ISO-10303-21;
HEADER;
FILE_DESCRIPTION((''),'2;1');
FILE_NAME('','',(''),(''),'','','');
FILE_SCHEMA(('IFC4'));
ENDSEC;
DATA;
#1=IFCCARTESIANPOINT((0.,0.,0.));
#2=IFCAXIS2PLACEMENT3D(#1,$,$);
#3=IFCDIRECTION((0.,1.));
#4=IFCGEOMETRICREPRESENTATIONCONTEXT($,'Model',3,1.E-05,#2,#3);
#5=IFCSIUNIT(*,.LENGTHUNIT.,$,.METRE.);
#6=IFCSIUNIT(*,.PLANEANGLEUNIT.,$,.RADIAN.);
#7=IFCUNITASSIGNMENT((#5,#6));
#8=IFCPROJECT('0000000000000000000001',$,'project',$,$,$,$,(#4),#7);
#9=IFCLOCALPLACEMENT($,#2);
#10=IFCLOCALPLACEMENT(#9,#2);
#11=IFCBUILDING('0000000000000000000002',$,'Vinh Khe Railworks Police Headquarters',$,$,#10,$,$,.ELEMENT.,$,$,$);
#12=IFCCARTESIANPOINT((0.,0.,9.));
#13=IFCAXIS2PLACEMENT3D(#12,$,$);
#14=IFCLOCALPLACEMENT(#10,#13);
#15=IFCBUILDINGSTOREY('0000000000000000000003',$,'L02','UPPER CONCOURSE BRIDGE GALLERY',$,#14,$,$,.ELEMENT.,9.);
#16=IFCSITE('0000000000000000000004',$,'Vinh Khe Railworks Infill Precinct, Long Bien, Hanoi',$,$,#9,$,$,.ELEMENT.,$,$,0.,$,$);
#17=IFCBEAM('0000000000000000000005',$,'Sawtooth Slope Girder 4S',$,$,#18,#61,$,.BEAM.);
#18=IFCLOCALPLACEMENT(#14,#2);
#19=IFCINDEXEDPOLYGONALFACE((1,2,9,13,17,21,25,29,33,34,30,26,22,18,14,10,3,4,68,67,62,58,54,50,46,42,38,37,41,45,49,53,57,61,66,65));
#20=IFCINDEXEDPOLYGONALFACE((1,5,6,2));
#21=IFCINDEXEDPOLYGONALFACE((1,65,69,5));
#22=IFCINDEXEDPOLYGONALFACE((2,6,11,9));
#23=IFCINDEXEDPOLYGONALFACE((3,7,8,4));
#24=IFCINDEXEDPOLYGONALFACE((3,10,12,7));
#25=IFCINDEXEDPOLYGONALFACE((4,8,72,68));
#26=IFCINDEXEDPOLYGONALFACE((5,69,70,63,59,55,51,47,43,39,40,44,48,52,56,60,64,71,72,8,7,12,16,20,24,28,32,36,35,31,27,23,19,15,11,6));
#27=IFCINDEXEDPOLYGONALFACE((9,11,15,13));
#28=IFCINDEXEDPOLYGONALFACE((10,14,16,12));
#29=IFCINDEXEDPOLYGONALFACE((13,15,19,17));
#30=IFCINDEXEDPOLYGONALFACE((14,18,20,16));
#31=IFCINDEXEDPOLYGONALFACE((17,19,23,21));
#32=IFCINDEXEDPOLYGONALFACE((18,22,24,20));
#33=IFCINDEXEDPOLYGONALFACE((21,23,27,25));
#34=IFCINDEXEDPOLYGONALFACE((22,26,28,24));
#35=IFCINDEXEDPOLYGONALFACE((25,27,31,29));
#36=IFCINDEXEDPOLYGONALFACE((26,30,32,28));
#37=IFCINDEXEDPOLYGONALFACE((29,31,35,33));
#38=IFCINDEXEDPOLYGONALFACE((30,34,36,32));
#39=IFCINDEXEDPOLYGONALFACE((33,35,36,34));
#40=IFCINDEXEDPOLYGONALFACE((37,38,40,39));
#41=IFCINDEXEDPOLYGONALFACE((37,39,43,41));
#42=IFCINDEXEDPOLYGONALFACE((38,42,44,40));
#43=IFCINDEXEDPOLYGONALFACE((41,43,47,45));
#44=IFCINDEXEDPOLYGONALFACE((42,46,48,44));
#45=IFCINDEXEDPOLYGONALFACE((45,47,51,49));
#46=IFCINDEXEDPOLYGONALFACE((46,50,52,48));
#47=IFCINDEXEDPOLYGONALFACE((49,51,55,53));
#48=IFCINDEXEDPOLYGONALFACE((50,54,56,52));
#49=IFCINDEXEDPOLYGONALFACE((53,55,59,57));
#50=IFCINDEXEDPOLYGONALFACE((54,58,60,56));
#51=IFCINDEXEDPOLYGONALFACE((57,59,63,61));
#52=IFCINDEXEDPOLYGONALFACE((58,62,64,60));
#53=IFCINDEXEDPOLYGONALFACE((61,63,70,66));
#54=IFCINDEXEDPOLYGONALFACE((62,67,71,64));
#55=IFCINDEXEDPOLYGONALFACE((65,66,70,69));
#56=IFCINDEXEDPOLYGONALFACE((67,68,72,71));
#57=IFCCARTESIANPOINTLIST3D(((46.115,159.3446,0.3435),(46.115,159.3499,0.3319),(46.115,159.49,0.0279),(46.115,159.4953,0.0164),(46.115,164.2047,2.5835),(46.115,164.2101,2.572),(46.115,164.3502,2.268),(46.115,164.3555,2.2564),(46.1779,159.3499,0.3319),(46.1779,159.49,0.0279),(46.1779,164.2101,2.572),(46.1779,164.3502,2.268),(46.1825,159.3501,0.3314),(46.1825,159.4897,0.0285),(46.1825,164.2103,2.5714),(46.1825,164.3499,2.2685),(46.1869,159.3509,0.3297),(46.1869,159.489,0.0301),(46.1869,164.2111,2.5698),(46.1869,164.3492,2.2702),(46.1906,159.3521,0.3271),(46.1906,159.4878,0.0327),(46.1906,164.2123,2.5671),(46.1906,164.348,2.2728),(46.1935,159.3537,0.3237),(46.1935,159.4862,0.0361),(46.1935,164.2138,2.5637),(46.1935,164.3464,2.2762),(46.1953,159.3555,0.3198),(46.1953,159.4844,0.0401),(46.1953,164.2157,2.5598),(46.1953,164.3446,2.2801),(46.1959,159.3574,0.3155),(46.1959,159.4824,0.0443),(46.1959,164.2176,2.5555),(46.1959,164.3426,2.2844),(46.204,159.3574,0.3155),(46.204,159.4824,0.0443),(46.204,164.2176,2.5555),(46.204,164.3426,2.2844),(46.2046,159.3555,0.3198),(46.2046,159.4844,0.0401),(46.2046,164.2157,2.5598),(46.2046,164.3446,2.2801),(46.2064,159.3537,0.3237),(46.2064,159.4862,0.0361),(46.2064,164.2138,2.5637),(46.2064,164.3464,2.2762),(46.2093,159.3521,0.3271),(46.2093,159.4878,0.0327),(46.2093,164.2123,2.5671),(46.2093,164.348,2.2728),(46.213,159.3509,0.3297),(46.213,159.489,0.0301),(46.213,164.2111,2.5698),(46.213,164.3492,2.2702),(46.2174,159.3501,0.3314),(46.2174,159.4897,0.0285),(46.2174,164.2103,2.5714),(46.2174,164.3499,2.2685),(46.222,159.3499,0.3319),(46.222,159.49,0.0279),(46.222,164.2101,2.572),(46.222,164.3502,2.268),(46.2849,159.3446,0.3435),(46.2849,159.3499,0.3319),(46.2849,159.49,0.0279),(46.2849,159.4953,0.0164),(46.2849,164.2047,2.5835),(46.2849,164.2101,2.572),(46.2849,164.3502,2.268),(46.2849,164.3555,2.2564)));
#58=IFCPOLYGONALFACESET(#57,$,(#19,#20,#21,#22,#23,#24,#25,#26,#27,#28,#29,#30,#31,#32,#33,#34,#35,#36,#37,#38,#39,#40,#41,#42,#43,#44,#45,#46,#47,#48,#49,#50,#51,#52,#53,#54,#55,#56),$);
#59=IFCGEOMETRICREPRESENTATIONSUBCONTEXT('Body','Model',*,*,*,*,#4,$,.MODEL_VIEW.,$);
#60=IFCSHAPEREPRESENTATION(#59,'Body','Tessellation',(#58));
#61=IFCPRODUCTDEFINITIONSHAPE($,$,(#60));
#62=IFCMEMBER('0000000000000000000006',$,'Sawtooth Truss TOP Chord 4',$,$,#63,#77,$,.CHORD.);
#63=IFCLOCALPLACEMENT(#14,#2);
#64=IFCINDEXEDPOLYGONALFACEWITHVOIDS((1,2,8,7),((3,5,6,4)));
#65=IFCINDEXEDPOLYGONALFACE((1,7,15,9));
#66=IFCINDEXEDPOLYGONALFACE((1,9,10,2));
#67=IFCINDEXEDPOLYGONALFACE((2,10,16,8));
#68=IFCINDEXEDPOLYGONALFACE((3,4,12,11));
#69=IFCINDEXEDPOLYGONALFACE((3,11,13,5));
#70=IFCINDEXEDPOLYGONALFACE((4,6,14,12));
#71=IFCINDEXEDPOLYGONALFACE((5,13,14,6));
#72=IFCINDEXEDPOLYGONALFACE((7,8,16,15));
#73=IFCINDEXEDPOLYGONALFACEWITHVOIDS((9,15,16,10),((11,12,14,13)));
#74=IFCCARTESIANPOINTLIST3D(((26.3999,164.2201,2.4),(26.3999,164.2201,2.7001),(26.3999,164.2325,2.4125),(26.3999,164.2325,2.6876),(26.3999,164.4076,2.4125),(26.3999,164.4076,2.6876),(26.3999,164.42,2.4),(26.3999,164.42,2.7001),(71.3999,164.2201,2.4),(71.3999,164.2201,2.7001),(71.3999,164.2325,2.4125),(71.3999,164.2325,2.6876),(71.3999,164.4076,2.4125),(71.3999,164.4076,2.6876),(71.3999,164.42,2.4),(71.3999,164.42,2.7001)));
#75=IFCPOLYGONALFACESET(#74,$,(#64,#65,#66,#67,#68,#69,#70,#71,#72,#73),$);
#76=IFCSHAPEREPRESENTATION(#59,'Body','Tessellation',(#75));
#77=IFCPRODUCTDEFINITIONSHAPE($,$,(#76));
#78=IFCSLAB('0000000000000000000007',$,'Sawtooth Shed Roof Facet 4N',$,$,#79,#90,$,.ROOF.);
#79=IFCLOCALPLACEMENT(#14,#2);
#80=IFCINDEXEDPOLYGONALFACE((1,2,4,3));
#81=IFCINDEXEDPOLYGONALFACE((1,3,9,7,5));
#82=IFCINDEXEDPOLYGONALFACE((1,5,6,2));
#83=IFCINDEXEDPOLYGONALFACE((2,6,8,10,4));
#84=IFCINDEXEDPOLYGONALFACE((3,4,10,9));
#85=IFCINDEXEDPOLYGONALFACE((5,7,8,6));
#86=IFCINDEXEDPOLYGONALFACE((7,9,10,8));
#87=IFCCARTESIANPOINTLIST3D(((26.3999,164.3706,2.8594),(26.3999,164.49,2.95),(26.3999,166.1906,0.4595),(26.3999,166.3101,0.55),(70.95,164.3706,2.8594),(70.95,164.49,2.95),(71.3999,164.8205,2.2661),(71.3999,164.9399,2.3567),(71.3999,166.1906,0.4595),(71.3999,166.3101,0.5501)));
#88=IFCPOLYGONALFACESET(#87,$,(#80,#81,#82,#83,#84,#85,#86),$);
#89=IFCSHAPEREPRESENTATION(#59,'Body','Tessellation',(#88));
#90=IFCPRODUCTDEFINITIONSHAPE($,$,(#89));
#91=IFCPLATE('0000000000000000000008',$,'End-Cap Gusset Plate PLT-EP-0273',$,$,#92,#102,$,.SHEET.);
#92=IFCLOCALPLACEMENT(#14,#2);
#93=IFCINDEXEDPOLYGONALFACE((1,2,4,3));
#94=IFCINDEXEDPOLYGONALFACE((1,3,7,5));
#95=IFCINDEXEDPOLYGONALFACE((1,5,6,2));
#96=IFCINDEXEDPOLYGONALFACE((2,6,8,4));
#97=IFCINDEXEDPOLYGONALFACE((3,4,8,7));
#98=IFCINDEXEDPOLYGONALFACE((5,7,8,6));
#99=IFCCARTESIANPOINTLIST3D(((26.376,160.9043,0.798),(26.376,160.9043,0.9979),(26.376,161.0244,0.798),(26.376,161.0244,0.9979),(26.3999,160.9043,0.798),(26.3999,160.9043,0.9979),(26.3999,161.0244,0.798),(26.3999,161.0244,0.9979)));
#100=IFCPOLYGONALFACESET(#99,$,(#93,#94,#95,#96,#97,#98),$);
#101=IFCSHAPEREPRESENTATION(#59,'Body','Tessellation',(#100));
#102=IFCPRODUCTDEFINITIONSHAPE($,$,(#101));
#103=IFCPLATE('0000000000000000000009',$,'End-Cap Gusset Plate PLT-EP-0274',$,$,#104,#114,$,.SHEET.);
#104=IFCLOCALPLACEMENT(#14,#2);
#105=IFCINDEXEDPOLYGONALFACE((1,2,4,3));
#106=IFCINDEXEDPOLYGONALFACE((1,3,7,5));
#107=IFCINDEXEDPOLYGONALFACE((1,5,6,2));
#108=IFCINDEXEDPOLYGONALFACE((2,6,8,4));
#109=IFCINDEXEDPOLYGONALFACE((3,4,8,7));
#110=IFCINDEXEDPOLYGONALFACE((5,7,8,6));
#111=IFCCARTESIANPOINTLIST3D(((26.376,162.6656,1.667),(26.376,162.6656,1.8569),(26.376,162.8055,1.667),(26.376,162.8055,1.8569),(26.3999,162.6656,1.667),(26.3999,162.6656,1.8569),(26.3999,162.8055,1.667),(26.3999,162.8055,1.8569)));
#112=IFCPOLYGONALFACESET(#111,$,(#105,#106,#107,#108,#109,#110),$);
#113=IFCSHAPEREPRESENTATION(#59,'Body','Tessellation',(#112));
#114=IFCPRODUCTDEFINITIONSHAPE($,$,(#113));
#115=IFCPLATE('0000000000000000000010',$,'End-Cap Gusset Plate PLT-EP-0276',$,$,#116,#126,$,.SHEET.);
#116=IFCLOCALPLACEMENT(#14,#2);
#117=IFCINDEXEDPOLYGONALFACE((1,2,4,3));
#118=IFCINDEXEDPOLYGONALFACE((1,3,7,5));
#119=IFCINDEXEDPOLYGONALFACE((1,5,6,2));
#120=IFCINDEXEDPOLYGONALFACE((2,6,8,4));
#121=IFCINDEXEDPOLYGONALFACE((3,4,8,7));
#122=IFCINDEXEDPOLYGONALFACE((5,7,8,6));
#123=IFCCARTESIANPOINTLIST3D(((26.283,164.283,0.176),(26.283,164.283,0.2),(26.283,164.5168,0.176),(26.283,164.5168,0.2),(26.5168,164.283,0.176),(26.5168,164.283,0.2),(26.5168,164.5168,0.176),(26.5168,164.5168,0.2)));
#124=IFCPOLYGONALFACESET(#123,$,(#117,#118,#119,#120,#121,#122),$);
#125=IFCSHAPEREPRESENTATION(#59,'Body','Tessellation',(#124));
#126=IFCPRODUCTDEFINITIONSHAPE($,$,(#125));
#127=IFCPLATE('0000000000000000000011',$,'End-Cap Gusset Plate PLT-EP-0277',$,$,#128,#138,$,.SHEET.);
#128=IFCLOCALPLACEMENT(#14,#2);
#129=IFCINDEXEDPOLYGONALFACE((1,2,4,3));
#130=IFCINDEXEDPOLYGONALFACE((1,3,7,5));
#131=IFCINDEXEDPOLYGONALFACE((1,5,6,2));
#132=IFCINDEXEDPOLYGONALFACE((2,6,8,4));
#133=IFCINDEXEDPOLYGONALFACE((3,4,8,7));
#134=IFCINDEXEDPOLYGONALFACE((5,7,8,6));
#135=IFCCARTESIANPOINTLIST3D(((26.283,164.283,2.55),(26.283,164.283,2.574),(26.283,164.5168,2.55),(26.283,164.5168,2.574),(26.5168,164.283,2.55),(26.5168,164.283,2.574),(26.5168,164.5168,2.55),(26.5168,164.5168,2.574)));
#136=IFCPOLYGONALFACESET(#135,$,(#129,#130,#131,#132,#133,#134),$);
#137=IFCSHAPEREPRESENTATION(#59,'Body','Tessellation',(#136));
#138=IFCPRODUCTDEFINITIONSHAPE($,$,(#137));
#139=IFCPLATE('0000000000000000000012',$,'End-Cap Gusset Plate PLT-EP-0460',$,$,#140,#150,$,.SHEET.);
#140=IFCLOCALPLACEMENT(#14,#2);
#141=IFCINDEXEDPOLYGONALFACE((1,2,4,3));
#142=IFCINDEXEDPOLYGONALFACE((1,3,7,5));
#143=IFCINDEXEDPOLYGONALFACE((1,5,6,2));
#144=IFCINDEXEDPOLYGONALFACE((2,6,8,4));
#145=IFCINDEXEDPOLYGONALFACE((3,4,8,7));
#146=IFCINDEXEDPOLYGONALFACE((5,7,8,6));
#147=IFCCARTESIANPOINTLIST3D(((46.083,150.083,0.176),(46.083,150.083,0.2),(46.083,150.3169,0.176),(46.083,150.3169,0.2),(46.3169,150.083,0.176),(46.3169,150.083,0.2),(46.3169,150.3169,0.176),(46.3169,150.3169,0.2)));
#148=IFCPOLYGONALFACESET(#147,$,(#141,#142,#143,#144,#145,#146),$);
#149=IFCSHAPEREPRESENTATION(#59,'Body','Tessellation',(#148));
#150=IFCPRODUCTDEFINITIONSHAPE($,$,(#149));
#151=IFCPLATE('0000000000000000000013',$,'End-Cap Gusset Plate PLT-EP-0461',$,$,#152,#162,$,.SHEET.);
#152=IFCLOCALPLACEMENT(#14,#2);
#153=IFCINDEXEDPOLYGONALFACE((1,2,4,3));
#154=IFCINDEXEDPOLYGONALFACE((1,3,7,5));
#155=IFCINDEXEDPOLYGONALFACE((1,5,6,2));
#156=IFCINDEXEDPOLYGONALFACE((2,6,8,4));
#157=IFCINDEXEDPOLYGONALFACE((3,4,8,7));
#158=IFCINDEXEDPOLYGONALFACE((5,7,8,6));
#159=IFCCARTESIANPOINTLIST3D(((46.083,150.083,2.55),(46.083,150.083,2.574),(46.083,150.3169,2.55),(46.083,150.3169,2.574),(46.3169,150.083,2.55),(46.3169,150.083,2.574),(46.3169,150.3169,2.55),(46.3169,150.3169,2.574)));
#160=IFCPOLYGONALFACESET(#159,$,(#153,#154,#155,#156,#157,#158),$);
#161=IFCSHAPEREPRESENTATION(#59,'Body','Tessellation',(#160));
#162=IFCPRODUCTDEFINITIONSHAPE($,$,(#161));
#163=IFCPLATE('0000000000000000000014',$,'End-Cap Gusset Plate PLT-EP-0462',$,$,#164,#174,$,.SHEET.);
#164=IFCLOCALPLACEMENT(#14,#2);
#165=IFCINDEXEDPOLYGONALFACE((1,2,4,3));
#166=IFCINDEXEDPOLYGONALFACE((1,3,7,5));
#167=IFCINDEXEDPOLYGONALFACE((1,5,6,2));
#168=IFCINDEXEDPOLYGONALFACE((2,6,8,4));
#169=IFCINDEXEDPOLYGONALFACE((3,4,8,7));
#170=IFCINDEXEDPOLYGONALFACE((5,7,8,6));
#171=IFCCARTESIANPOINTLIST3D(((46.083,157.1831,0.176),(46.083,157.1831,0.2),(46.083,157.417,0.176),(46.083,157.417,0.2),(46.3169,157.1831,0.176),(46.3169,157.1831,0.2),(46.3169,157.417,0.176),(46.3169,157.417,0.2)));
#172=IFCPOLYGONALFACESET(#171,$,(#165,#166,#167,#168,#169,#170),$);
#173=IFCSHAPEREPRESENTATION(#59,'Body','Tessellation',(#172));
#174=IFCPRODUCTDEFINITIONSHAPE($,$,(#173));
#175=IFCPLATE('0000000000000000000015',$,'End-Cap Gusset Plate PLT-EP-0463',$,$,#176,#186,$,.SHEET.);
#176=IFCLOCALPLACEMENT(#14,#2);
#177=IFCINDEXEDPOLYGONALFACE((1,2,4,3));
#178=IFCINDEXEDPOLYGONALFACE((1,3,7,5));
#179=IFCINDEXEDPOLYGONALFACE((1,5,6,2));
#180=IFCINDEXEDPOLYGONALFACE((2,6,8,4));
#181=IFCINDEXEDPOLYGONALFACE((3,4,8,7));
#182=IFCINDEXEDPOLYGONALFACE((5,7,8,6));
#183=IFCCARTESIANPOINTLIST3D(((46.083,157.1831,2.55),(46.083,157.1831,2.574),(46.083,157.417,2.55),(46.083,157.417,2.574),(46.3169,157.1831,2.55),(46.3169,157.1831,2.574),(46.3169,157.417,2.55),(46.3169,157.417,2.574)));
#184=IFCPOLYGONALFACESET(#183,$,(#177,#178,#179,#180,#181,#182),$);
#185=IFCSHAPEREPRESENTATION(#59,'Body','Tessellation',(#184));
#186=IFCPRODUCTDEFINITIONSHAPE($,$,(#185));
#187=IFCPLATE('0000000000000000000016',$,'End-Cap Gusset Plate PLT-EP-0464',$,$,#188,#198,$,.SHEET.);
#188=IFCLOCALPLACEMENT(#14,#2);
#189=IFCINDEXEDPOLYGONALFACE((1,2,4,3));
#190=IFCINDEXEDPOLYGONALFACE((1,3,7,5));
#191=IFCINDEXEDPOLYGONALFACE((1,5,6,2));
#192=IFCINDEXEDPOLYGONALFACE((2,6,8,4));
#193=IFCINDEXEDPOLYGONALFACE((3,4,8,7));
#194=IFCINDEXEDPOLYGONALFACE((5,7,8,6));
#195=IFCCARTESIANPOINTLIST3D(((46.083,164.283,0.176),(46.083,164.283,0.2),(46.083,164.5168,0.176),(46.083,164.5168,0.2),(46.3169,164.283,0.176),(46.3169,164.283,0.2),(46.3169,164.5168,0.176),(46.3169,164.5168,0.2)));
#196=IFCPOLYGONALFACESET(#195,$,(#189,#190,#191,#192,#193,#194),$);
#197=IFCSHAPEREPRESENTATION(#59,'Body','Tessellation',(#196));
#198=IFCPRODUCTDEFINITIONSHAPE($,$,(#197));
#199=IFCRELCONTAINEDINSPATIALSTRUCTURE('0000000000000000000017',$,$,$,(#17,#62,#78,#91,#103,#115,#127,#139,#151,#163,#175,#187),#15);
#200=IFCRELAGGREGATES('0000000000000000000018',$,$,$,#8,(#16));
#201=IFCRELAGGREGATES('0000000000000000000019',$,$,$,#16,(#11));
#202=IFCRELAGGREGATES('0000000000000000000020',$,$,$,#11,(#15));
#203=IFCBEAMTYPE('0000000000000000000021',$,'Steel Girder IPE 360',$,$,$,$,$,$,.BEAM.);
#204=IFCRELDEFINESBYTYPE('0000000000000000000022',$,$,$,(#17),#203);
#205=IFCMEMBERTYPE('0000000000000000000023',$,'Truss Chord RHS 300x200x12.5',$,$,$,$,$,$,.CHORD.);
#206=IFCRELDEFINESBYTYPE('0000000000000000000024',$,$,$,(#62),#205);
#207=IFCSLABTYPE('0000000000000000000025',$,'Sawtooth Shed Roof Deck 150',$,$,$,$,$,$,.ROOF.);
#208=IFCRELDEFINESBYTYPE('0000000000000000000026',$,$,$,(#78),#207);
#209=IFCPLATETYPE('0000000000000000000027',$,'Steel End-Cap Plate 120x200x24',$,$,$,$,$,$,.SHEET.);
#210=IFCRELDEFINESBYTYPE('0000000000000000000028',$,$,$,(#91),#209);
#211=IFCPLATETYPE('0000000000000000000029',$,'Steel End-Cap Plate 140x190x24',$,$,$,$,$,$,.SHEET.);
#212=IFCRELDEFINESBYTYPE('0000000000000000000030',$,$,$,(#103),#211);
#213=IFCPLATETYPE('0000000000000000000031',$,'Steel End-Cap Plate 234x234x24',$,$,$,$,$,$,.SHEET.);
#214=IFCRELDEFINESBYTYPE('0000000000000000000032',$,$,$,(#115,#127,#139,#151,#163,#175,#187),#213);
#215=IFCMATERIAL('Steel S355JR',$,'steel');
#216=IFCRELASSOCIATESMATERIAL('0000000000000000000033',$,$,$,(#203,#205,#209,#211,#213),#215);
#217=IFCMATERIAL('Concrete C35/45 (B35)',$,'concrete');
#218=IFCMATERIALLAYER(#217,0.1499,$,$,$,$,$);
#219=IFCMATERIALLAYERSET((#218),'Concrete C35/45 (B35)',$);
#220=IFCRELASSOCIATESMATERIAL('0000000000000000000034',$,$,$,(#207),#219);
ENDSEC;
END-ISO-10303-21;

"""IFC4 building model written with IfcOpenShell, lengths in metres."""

from ifc_helpers import new_model, si_unit, direction, frame, origin, origin_2d, place, context, subcontext, project, spatial, polyline, rectangle, hollow_rectangle, i_section, outline, extrude, material, layer, layer_set, material_profile, profile_set, type_object, element, save


model = new_model("IFC4")

# Units and contexts
model_context = context("Model", 3, precision=1e-05, world=origin(), true_north=direction((0.0, 1.0)))
body_context = subcontext(model_context, "Body", "Model", "MODEL_VIEW")
ifc_project = project(units=[si_unit("LENGTHUNIT", "METRE"), si_unit("PLANEANGLEUNIT", "RADIAN")], contexts=[model_context])

# Site, building, storey
site_placement = place(None, origin())
site = spatial("IfcSite", under=ifc_project, at=site_placement, Name="Vinh Khe Railworks Infill Precinct, Long Bien, Hanoi", CompositionType="ELEMENT", RefElevation=0.0)
building_placement = place(site_placement, origin())
building = spatial("IfcBuilding", under=site, at=building_placement, Name="Vinh Khe Railworks Police Headquarters", CompositionType="ELEMENT")
storey_placement = place(building_placement, frame((0.0, 0.0, 9.0)))
storey = spatial("IfcBuildingStorey", under=building, at=storey_placement, Name="L02", Description="UPPER CONCOURSE BRIDGE GALLERY", CompositionType="ELEMENT", Elevation=9.0)

# Shared definitions
ifc_material_1 = material(Name="Steel S355JR", Category="steel")

# Beam
ifc_material_profile_1 = material_profile(ifc_material_1, i_section(OverallWidth=0.1699, OverallDepth=0.3601, WebThickness=0.0081, FlangeThickness=0.0127, FilletRadius=0.0181, at=origin_2d()), Name="IPE 360")
ifc_profile_set_1 = profile_set([ifc_material_profile_1], Name="Steel S355JR")
beam_type = type_object("IfcBeamType", Name="Steel Girder IPE 360", PredefinedType="BEAM", material=ifc_profile_set_1)
beam_1_placement = place(storey_placement, frame((46.2, 159.4199, 0.1799), z_axis=(0.0, 0.908182, 0.418575), x_axis=(-1.0, 0.0, 0.0)))
element("IfcBeam", 1, at=beam_1_placement, inside=storey, type_object=beam_type, Name="Sawtooth Slope Girder 4S", PredefinedType="BEAM", context=body_context, shape_type="SweptSolid", body=[
    extrude(i_section(OverallWidth=0.1699, OverallDepth=0.3601, WebThickness=0.0081, FlangeThickness=0.0127, FilletRadius=0.0181, at=origin_2d()), origin(), (0.0, 0.0, 1.0), 5.3516),
])

# Member
ifc_material_profile_2 = material_profile(ifc_material_1, hollow_rectangle(XDim=0.2, YDim=0.3, WallThickness=0.0125, at=origin_2d()), Name="RHS 300x200x12.5")
ifc_profile_set_2 = profile_set([ifc_material_profile_2], Name="Steel S355JR")
member_type_1 = type_object("IfcMemberType", Name="Truss Chord RHS 300x200x12.5", PredefinedType="CHORD", material=ifc_profile_set_2)
member_1_placement = place(storey_placement, frame((26.3999, 164.3201, 2.55), z_axis=(1.0, 0.0, 0.0), x_axis=(0.0, 1.0, 0.0)))
element("IfcMember", 2, at=member_1_placement, inside=storey, type_object=member_type_1, Name="Sawtooth Truss TOP Chord 4", PredefinedType="CHORD", context=body_context, shape_type="SweptSolid", body=[
    extrude(hollow_rectangle(XDim=0.2, YDim=0.3, WallThickness=0.0125, at=origin_2d()), origin(), (0.0, 0.0, 1.0), 45.0),
])

# Slab
ifc_material_2 = material(Name="Concrete C35/45 (B35)", Category="concrete")
ifc_layer = layer(ifc_material_2, 0.1499)
ifc_layer_set = layer_set([ifc_layer], Name="Concrete C35/45 (B35)")
slab_type = type_object("IfcSlabType", Name="Sawtooth Shed Roof Deck 150", PredefinedType="ROOF", material=ifc_layer_set)
slab_placement = place(storey_placement, frame((26.3999, 164.49, 2.95), z_axis=(0.0, 0.796779, 0.604271), x_axis=(1.0, 0.0, 0.0)))
element("IfcSlab", 3, at=slab_placement, inside=storey, type_object=slab_type, Name="Sawtooth Shed Roof Facet 4N", PredefinedType="ROOF", context=body_context, shape_type="SweptSolid", body=[
    extrude(outline(polyline([(0.0, 0.0), (44.55, 0.0), (45.0, 0.7446), (45.0, 3.012), (0.0, 3.012), (0.0, 0.0)])), origin(), (0.0, 0.0, -1.0), 0.1499),
])

# Plates
ifc_material_profile_3 = material_profile(ifc_material_1, rectangle(XDim=0.1201, YDim=0.2, at=origin_2d()), Name="PL 120x200")
ifc_profile_set_3 = profile_set([ifc_material_profile_3], Name="Steel S355JR")
plate_type_1 = type_object("IfcPlateType", Name="Steel End-Cap Plate 120x200x24", PredefinedType="SHEET", material=ifc_profile_set_3)
plate_1_placement = place(storey_placement, frame((26.3999, 160.9644, 0.8979), z_axis=(-1.0, 0.0, 0.0), x_axis=(0.0, -1.0, 0.0)))
element("IfcPlate", 4, at=plate_1_placement, inside=storey, type_object=plate_type_1, Name="End-Cap Gusset Plate PLT-EP-0273", PredefinedType="SHEET", context=body_context, shape_type="SweptSolid", body=[
    extrude(rectangle(XDim=0.1201, YDim=0.2, at=origin_2d()), origin(), (0.0, 0.0, 1.0), 0.0239),
])
ifc_material_profile_4 = material_profile(ifc_material_1, rectangle(XDim=0.1399, YDim=0.1899, at=origin_2d()), Name="PL 140x190")
ifc_profile_set_4 = profile_set([ifc_material_profile_4], Name="Steel S355JR")
plate_type_2 = type_object("IfcPlateType", Name="Steel End-Cap Plate 140x190x24", PredefinedType="SHEET", material=ifc_profile_set_4)
plate_2_placement = place(storey_placement, frame((26.3999, 162.7356, 1.762), z_axis=(-1.0, 0.0, 0.0), x_axis=(0.0, -1.0, 0.0)))
element("IfcPlate", 5, at=plate_2_placement, inside=storey, type_object=plate_type_2, Name="End-Cap Gusset Plate PLT-EP-0274", PredefinedType="SHEET", context=body_context, shape_type="SweptSolid", body=[
    extrude(rectangle(XDim=0.1399, YDim=0.1899, at=origin_2d()), origin(), (0.0, 0.0, 1.0), 0.0239),
])
ifc_material_profile_5 = material_profile(ifc_material_1, rectangle(XDim=0.2339, YDim=0.2339, at=origin_2d()), Name="PL 234x234")
ifc_profile_set_5 = profile_set([ifc_material_profile_5], Name="Steel S355JR")
plate_type_3 = type_object("IfcPlateType", Name="Steel End-Cap Plate 234x234x24", PredefinedType="SHEET", material=ifc_profile_set_5)
for number, where, z_axis, x_axis, name in (
    (6, (26.3999, 164.3999, 0.2), (0.0, 0.0, -1.0), (1.0, 0.0, 0.0), "End-Cap Gusset Plate PLT-EP-0276"),
    (7, (26.3999, 164.3999, 2.55), (0.0, 0.0, 1.0), (1.0, 0.0, 0.0), "End-Cap Gusset Plate PLT-EP-0277"),
    (8, (46.2, 150.2, 0.2), (0.0, 0.0, -1.0), (1.0, 0.0, 0.0), "End-Cap Gusset Plate PLT-EP-0460"),
    (9, (46.2, 150.2, 2.55), (0.0, 0.0, 1.0), (1.0, 0.0, 0.0), "End-Cap Gusset Plate PLT-EP-0461"),
    (10, (46.2, 157.3, 0.2), (0.0, 0.0, -1.0), (1.0, 0.0, 0.0), "End-Cap Gusset Plate PLT-EP-0462"),
    (11, (46.2, 157.3, 2.55), (0.0, 0.0, 1.0), (1.0, 0.0, 0.0), "End-Cap Gusset Plate PLT-EP-0463"),
    (12, (46.2, 164.3999, 0.2), (0.0, 0.0, -1.0), (1.0, 0.0, 0.0), "End-Cap Gusset Plate PLT-EP-0464"),
):
    element("IfcPlate", number, at=place(storey_placement, frame(where, z_axis=z_axis, x_axis=x_axis)), inside=storey, type_object=plate_type_3, Name=name, PredefinedType="SHEET", context=body_context, shape_type="SweptSolid", body=[
        extrude(rectangle(XDim=0.2339, YDim=0.2339, at=origin_2d()), origin(), (0.0, 0.0, 1.0), 0.0239),
    ])

save(model, "model.ifc")
